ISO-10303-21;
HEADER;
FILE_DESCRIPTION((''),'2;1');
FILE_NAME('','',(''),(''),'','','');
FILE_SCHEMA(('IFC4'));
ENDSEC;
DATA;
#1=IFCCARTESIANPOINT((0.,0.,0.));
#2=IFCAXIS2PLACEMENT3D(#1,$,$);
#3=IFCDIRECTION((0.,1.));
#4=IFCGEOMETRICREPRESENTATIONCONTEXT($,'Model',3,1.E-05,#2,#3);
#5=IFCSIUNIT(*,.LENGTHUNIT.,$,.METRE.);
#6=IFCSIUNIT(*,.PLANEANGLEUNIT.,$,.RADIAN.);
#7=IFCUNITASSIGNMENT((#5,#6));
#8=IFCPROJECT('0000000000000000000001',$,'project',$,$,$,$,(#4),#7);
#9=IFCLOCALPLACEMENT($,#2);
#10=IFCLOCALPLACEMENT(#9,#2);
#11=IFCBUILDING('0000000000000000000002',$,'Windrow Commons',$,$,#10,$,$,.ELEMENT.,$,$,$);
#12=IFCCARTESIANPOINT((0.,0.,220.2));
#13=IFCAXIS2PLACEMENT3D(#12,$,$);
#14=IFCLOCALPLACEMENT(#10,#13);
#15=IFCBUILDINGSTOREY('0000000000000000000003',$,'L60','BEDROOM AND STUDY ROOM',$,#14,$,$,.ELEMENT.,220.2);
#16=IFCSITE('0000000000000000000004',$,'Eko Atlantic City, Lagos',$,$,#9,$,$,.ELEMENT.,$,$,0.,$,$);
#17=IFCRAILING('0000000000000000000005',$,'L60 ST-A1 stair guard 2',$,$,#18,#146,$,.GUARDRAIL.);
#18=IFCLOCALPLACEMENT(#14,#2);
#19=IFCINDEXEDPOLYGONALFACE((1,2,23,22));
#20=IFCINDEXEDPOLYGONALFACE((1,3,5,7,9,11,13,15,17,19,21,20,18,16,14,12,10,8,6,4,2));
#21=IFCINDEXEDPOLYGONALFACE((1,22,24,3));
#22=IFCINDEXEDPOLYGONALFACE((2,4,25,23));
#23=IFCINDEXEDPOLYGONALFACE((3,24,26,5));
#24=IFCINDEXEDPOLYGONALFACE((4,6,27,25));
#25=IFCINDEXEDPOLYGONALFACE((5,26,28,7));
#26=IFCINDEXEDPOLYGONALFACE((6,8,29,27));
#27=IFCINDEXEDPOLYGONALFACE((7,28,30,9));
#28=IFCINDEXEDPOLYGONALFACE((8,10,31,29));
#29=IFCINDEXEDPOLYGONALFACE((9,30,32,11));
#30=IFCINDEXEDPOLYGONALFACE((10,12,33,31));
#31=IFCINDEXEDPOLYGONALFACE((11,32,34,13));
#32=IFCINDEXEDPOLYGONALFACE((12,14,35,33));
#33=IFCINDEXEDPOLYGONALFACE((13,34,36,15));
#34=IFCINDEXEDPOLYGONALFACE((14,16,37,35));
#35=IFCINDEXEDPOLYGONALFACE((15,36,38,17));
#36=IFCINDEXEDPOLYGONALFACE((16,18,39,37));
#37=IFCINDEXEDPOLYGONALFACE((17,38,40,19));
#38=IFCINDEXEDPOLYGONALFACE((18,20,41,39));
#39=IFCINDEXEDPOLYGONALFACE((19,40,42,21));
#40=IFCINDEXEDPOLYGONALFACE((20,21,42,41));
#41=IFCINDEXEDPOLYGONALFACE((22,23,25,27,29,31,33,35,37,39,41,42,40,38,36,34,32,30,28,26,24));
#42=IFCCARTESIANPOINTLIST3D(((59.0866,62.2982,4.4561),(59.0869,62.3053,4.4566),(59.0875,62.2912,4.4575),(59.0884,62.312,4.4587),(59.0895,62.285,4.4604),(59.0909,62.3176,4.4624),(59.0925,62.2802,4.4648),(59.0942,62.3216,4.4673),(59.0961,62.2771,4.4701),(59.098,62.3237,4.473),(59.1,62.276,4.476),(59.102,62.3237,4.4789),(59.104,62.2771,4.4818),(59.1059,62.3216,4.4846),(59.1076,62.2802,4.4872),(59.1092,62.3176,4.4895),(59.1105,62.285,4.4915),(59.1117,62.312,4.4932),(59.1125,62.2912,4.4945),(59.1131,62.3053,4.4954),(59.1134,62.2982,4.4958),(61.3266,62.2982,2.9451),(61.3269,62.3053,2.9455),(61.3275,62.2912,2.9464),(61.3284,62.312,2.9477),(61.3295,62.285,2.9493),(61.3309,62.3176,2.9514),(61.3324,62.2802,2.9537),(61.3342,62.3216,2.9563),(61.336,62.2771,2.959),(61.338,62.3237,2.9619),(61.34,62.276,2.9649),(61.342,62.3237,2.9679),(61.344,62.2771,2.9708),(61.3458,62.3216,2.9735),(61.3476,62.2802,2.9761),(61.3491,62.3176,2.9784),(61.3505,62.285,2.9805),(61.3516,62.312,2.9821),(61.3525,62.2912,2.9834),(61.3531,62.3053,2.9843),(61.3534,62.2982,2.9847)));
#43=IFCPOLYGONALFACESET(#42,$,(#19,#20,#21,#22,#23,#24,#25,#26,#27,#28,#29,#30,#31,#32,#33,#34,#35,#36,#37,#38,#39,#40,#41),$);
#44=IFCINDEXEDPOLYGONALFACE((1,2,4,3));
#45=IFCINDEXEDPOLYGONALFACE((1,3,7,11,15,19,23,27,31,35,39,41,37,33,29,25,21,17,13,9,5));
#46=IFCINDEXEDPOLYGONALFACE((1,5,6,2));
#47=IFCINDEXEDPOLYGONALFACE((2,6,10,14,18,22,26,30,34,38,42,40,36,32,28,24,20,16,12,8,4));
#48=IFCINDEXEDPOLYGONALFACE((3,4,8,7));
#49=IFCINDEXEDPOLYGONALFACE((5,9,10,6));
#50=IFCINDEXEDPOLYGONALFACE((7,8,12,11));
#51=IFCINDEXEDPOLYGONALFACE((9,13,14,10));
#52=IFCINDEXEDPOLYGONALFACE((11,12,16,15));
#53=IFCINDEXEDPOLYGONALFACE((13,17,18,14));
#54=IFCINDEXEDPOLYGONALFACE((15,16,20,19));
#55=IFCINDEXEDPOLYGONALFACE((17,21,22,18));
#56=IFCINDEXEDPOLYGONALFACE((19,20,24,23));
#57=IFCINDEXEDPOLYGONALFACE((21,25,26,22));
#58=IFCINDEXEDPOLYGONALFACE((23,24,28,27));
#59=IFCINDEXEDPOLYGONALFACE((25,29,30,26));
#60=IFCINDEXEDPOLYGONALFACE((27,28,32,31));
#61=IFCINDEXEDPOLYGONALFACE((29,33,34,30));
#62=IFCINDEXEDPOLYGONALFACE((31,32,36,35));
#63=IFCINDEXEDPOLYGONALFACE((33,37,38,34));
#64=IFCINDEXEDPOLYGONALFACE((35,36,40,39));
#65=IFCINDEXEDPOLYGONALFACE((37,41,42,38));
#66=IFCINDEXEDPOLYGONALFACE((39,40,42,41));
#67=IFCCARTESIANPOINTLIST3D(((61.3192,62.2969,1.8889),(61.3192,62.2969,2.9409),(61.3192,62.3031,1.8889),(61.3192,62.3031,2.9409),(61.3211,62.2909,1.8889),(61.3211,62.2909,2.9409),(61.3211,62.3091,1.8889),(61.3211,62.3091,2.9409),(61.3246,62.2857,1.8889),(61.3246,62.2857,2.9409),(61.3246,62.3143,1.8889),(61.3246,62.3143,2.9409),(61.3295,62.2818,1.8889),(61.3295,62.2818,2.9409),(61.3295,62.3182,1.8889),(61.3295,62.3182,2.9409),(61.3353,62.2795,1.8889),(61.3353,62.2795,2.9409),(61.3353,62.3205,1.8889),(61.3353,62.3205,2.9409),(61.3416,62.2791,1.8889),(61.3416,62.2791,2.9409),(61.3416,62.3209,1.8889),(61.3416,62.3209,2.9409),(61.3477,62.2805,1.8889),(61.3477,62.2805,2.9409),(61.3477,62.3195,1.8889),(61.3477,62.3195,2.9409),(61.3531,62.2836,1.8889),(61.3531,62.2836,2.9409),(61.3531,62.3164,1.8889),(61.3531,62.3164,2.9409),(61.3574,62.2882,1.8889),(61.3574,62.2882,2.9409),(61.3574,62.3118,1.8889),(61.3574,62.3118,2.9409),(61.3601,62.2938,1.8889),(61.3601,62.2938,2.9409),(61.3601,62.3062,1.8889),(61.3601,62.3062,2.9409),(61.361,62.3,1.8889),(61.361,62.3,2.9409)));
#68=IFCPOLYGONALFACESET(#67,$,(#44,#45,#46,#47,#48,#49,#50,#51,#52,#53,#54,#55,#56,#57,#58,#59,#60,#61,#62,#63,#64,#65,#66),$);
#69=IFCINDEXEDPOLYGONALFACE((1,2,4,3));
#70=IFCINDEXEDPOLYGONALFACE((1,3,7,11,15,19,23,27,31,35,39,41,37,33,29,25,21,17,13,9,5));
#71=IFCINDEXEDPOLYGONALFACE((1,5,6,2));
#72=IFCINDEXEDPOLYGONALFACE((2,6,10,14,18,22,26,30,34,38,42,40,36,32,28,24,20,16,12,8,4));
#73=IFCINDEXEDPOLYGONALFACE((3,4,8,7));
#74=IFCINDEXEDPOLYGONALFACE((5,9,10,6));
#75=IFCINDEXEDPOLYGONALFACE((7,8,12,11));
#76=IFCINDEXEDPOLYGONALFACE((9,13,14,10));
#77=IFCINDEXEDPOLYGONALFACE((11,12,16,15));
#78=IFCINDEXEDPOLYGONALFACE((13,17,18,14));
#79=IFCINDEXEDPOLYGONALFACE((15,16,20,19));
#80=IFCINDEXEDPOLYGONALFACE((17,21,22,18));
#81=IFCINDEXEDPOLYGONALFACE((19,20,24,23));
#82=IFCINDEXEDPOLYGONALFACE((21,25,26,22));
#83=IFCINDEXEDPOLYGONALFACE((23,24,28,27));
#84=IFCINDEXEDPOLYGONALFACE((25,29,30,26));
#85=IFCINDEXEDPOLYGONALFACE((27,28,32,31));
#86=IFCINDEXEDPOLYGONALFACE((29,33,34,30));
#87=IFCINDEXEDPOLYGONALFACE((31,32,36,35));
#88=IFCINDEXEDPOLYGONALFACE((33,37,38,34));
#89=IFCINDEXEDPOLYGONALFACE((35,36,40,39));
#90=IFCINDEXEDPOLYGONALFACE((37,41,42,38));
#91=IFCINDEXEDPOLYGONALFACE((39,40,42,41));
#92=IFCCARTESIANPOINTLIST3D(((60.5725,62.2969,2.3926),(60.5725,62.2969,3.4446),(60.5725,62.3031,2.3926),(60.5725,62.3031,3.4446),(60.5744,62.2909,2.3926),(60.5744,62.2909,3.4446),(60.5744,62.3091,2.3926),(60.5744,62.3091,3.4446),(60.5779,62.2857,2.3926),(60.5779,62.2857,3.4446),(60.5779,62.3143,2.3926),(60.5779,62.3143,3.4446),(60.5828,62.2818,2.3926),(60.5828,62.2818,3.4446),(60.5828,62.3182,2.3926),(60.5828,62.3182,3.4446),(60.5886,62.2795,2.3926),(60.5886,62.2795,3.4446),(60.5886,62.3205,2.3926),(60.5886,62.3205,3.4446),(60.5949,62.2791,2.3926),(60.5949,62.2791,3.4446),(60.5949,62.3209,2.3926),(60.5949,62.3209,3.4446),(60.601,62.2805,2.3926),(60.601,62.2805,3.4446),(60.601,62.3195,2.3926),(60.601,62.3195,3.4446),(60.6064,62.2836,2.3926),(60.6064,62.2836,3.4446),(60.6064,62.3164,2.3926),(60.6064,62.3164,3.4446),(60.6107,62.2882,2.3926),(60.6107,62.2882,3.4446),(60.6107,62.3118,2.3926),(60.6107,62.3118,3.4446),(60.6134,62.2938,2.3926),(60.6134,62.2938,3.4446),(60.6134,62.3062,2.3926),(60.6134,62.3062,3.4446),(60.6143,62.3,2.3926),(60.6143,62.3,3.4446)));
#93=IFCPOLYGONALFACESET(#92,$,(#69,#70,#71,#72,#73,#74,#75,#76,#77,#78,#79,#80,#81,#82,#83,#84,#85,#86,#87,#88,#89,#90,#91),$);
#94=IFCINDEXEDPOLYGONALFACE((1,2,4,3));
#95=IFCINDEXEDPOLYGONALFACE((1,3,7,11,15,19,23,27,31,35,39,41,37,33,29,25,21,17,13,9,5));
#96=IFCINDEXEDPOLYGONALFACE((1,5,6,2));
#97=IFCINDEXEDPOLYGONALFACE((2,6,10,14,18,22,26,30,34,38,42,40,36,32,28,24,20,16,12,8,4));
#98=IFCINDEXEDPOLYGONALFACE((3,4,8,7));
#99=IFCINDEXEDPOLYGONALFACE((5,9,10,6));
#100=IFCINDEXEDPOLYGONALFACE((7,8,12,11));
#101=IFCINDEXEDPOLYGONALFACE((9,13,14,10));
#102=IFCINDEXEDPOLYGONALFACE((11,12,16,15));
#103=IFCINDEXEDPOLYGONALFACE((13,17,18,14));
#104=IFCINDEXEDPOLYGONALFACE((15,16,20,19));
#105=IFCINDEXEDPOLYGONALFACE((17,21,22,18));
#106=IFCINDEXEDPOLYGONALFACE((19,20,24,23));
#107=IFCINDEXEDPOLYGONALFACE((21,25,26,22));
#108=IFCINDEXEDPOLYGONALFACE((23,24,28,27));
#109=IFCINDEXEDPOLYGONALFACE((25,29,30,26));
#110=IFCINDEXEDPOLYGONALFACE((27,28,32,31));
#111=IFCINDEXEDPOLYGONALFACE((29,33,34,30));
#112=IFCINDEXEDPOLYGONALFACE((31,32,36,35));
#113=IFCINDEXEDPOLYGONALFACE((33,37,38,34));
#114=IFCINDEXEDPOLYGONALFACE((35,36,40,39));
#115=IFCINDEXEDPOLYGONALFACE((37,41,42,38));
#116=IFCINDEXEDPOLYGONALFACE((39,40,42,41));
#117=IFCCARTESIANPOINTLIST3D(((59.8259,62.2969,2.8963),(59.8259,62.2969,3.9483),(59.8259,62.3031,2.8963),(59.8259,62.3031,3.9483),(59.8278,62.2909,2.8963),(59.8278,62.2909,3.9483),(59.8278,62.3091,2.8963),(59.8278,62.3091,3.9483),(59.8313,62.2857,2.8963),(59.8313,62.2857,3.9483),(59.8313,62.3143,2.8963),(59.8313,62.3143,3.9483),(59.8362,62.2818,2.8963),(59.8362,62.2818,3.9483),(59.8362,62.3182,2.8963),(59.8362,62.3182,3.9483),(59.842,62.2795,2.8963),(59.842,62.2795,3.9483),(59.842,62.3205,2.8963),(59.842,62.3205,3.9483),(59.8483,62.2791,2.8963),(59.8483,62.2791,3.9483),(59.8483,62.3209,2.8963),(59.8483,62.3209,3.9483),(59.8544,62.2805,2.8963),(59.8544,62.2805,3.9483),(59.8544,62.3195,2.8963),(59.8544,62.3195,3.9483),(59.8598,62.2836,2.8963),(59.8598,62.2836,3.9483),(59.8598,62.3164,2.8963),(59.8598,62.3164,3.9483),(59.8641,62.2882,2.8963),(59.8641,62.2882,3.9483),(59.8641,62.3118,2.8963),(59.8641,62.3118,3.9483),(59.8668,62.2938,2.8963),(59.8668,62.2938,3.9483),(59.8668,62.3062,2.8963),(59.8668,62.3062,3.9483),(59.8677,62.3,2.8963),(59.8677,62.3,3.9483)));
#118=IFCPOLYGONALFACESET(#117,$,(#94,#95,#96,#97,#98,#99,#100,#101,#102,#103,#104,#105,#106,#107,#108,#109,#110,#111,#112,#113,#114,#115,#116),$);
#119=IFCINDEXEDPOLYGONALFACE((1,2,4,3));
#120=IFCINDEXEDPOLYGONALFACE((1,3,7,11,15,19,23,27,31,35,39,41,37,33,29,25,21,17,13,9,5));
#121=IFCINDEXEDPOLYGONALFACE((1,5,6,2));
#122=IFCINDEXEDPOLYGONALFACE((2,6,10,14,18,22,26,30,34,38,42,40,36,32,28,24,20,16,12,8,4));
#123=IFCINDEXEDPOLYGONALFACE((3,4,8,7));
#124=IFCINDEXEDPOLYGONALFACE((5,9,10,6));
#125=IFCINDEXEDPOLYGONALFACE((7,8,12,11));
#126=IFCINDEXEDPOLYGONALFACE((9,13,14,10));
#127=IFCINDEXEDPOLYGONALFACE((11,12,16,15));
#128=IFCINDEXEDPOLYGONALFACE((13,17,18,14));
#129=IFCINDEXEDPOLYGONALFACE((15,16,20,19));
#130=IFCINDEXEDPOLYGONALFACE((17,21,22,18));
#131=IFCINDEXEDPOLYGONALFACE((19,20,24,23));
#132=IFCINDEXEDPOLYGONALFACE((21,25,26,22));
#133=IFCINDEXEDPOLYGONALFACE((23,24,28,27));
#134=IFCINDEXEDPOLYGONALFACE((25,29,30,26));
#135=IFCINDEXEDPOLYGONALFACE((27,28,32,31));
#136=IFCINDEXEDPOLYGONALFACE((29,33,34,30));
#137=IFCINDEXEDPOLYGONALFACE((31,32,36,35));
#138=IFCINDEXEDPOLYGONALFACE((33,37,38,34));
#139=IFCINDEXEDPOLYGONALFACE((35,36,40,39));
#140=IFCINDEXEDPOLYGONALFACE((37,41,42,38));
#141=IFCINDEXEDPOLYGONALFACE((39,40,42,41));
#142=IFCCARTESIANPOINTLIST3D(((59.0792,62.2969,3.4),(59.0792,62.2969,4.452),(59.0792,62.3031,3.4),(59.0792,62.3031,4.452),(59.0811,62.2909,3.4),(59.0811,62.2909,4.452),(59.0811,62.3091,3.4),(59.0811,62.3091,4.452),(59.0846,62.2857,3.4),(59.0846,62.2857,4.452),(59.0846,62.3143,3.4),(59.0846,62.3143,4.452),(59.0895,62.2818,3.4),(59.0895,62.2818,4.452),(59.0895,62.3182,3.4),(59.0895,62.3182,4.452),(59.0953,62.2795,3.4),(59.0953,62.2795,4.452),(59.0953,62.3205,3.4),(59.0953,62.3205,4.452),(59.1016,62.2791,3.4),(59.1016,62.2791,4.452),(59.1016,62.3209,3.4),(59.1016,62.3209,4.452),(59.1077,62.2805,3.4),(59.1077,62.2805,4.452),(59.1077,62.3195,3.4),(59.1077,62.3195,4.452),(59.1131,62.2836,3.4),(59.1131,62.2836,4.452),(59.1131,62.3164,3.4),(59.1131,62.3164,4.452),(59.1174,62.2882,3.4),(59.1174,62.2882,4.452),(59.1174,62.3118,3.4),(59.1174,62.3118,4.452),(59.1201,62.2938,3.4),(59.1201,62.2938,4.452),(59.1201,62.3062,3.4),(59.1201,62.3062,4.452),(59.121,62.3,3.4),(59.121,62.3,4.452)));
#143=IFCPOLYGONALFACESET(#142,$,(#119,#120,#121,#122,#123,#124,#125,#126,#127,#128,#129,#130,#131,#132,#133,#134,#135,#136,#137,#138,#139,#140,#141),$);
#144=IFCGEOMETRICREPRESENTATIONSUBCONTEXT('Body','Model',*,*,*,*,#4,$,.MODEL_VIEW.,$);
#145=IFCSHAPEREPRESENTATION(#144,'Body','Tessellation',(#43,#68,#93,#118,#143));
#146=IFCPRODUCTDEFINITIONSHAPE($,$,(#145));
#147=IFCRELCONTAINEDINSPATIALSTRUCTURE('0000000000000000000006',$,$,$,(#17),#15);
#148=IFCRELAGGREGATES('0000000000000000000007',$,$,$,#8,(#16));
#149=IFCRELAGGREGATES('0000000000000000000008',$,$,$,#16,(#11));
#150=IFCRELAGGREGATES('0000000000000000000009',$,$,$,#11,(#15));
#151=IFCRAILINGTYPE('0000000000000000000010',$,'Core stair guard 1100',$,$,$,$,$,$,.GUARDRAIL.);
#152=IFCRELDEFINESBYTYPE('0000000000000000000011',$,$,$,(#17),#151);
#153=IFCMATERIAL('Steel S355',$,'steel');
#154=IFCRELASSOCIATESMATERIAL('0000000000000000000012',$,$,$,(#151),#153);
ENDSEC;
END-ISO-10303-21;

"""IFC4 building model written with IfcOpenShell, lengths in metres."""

from ifc_helpers import new_model, si_unit, direction, frame, origin, origin_2d, place, context, subcontext, project, spatial, circle, extrude, material, type_object, element, save


model = new_model("IFC4")

# Units and contexts
model_context = context("Model", 3, precision=1e-05, world=origin(), true_north=direction((0.0, 1.0)))
body_context = subcontext(model_context, "Body", "Model", "MODEL_VIEW")
ifc_project = project(units=[si_unit("LENGTHUNIT", "METRE"), si_unit("PLANEANGLEUNIT", "RADIAN")], contexts=[model_context])

# Site, building, storey
site_placement = place(None, origin())
site = spatial("IfcSite", under=ifc_project, at=site_placement, Name="Eko Atlantic City, Lagos", CompositionType="ELEMENT", RefElevation=0.0)
building_placement = place(site_placement, origin())
building = spatial("IfcBuilding", under=site, at=building_placement, Name="Windrow Commons", CompositionType="ELEMENT")
storey_placement = place(building_placement, frame((0.0, 0.0, 220.2)))
storey = spatial("IfcBuildingStorey", under=building, at=storey_placement, Name="L60", Description="BEDROOM AND STUDY ROOM", CompositionType="ELEMENT", Elevation=220.2)

# Railing
ifc_material_1 = material(Name="Steel S355", Category="steel")
railing_type_1 = type_object("IfcRailingType", Name="Core stair guard 1100", PredefinedType="GUARDRAIL", material=ifc_material_1)
railing_1_placement = place(storey_placement, frame((61.34, 62.3, 1.8889)))
element("IfcRailing", 1, at=railing_1_placement, inside=storey, type_object=railing_type_1, Name="L60 ST-A1 stair guard 2", PredefinedType="GUARDRAIL", context=body_context, shape_type="SweptSolid", body=[
    extrude(circle(Radius=0.024, at=origin_2d()), frame((0.0, 0.0, 1.076), z_axis=(-0.829003, 0.0, 0.559244), x_axis=(0.0, -1.0, 0.0)), (0.0, 0.0, 1.0), 2.702),
    extrude(circle(Radius=0.021, at=origin_2d()), origin(), (0.0, 0.0, 1.0), 1.052),
    extrude(circle(Radius=0.021, at=origin_2d()), frame((-0.7467, 0.0, 0.5037)), (0.0, 0.0, 1.0), 1.052),
    extrude(circle(Radius=0.021, at=origin_2d()), frame((-1.4933, 0.0, 1.0074)), (0.0, 0.0, 1.0), 1.052),
    extrude(circle(Radius=0.021, at=origin_2d()), frame((-2.24, 0.0, 1.5111)), (0.0, 0.0, 1.0), 1.052),
])

save(model, "model.ifc")
